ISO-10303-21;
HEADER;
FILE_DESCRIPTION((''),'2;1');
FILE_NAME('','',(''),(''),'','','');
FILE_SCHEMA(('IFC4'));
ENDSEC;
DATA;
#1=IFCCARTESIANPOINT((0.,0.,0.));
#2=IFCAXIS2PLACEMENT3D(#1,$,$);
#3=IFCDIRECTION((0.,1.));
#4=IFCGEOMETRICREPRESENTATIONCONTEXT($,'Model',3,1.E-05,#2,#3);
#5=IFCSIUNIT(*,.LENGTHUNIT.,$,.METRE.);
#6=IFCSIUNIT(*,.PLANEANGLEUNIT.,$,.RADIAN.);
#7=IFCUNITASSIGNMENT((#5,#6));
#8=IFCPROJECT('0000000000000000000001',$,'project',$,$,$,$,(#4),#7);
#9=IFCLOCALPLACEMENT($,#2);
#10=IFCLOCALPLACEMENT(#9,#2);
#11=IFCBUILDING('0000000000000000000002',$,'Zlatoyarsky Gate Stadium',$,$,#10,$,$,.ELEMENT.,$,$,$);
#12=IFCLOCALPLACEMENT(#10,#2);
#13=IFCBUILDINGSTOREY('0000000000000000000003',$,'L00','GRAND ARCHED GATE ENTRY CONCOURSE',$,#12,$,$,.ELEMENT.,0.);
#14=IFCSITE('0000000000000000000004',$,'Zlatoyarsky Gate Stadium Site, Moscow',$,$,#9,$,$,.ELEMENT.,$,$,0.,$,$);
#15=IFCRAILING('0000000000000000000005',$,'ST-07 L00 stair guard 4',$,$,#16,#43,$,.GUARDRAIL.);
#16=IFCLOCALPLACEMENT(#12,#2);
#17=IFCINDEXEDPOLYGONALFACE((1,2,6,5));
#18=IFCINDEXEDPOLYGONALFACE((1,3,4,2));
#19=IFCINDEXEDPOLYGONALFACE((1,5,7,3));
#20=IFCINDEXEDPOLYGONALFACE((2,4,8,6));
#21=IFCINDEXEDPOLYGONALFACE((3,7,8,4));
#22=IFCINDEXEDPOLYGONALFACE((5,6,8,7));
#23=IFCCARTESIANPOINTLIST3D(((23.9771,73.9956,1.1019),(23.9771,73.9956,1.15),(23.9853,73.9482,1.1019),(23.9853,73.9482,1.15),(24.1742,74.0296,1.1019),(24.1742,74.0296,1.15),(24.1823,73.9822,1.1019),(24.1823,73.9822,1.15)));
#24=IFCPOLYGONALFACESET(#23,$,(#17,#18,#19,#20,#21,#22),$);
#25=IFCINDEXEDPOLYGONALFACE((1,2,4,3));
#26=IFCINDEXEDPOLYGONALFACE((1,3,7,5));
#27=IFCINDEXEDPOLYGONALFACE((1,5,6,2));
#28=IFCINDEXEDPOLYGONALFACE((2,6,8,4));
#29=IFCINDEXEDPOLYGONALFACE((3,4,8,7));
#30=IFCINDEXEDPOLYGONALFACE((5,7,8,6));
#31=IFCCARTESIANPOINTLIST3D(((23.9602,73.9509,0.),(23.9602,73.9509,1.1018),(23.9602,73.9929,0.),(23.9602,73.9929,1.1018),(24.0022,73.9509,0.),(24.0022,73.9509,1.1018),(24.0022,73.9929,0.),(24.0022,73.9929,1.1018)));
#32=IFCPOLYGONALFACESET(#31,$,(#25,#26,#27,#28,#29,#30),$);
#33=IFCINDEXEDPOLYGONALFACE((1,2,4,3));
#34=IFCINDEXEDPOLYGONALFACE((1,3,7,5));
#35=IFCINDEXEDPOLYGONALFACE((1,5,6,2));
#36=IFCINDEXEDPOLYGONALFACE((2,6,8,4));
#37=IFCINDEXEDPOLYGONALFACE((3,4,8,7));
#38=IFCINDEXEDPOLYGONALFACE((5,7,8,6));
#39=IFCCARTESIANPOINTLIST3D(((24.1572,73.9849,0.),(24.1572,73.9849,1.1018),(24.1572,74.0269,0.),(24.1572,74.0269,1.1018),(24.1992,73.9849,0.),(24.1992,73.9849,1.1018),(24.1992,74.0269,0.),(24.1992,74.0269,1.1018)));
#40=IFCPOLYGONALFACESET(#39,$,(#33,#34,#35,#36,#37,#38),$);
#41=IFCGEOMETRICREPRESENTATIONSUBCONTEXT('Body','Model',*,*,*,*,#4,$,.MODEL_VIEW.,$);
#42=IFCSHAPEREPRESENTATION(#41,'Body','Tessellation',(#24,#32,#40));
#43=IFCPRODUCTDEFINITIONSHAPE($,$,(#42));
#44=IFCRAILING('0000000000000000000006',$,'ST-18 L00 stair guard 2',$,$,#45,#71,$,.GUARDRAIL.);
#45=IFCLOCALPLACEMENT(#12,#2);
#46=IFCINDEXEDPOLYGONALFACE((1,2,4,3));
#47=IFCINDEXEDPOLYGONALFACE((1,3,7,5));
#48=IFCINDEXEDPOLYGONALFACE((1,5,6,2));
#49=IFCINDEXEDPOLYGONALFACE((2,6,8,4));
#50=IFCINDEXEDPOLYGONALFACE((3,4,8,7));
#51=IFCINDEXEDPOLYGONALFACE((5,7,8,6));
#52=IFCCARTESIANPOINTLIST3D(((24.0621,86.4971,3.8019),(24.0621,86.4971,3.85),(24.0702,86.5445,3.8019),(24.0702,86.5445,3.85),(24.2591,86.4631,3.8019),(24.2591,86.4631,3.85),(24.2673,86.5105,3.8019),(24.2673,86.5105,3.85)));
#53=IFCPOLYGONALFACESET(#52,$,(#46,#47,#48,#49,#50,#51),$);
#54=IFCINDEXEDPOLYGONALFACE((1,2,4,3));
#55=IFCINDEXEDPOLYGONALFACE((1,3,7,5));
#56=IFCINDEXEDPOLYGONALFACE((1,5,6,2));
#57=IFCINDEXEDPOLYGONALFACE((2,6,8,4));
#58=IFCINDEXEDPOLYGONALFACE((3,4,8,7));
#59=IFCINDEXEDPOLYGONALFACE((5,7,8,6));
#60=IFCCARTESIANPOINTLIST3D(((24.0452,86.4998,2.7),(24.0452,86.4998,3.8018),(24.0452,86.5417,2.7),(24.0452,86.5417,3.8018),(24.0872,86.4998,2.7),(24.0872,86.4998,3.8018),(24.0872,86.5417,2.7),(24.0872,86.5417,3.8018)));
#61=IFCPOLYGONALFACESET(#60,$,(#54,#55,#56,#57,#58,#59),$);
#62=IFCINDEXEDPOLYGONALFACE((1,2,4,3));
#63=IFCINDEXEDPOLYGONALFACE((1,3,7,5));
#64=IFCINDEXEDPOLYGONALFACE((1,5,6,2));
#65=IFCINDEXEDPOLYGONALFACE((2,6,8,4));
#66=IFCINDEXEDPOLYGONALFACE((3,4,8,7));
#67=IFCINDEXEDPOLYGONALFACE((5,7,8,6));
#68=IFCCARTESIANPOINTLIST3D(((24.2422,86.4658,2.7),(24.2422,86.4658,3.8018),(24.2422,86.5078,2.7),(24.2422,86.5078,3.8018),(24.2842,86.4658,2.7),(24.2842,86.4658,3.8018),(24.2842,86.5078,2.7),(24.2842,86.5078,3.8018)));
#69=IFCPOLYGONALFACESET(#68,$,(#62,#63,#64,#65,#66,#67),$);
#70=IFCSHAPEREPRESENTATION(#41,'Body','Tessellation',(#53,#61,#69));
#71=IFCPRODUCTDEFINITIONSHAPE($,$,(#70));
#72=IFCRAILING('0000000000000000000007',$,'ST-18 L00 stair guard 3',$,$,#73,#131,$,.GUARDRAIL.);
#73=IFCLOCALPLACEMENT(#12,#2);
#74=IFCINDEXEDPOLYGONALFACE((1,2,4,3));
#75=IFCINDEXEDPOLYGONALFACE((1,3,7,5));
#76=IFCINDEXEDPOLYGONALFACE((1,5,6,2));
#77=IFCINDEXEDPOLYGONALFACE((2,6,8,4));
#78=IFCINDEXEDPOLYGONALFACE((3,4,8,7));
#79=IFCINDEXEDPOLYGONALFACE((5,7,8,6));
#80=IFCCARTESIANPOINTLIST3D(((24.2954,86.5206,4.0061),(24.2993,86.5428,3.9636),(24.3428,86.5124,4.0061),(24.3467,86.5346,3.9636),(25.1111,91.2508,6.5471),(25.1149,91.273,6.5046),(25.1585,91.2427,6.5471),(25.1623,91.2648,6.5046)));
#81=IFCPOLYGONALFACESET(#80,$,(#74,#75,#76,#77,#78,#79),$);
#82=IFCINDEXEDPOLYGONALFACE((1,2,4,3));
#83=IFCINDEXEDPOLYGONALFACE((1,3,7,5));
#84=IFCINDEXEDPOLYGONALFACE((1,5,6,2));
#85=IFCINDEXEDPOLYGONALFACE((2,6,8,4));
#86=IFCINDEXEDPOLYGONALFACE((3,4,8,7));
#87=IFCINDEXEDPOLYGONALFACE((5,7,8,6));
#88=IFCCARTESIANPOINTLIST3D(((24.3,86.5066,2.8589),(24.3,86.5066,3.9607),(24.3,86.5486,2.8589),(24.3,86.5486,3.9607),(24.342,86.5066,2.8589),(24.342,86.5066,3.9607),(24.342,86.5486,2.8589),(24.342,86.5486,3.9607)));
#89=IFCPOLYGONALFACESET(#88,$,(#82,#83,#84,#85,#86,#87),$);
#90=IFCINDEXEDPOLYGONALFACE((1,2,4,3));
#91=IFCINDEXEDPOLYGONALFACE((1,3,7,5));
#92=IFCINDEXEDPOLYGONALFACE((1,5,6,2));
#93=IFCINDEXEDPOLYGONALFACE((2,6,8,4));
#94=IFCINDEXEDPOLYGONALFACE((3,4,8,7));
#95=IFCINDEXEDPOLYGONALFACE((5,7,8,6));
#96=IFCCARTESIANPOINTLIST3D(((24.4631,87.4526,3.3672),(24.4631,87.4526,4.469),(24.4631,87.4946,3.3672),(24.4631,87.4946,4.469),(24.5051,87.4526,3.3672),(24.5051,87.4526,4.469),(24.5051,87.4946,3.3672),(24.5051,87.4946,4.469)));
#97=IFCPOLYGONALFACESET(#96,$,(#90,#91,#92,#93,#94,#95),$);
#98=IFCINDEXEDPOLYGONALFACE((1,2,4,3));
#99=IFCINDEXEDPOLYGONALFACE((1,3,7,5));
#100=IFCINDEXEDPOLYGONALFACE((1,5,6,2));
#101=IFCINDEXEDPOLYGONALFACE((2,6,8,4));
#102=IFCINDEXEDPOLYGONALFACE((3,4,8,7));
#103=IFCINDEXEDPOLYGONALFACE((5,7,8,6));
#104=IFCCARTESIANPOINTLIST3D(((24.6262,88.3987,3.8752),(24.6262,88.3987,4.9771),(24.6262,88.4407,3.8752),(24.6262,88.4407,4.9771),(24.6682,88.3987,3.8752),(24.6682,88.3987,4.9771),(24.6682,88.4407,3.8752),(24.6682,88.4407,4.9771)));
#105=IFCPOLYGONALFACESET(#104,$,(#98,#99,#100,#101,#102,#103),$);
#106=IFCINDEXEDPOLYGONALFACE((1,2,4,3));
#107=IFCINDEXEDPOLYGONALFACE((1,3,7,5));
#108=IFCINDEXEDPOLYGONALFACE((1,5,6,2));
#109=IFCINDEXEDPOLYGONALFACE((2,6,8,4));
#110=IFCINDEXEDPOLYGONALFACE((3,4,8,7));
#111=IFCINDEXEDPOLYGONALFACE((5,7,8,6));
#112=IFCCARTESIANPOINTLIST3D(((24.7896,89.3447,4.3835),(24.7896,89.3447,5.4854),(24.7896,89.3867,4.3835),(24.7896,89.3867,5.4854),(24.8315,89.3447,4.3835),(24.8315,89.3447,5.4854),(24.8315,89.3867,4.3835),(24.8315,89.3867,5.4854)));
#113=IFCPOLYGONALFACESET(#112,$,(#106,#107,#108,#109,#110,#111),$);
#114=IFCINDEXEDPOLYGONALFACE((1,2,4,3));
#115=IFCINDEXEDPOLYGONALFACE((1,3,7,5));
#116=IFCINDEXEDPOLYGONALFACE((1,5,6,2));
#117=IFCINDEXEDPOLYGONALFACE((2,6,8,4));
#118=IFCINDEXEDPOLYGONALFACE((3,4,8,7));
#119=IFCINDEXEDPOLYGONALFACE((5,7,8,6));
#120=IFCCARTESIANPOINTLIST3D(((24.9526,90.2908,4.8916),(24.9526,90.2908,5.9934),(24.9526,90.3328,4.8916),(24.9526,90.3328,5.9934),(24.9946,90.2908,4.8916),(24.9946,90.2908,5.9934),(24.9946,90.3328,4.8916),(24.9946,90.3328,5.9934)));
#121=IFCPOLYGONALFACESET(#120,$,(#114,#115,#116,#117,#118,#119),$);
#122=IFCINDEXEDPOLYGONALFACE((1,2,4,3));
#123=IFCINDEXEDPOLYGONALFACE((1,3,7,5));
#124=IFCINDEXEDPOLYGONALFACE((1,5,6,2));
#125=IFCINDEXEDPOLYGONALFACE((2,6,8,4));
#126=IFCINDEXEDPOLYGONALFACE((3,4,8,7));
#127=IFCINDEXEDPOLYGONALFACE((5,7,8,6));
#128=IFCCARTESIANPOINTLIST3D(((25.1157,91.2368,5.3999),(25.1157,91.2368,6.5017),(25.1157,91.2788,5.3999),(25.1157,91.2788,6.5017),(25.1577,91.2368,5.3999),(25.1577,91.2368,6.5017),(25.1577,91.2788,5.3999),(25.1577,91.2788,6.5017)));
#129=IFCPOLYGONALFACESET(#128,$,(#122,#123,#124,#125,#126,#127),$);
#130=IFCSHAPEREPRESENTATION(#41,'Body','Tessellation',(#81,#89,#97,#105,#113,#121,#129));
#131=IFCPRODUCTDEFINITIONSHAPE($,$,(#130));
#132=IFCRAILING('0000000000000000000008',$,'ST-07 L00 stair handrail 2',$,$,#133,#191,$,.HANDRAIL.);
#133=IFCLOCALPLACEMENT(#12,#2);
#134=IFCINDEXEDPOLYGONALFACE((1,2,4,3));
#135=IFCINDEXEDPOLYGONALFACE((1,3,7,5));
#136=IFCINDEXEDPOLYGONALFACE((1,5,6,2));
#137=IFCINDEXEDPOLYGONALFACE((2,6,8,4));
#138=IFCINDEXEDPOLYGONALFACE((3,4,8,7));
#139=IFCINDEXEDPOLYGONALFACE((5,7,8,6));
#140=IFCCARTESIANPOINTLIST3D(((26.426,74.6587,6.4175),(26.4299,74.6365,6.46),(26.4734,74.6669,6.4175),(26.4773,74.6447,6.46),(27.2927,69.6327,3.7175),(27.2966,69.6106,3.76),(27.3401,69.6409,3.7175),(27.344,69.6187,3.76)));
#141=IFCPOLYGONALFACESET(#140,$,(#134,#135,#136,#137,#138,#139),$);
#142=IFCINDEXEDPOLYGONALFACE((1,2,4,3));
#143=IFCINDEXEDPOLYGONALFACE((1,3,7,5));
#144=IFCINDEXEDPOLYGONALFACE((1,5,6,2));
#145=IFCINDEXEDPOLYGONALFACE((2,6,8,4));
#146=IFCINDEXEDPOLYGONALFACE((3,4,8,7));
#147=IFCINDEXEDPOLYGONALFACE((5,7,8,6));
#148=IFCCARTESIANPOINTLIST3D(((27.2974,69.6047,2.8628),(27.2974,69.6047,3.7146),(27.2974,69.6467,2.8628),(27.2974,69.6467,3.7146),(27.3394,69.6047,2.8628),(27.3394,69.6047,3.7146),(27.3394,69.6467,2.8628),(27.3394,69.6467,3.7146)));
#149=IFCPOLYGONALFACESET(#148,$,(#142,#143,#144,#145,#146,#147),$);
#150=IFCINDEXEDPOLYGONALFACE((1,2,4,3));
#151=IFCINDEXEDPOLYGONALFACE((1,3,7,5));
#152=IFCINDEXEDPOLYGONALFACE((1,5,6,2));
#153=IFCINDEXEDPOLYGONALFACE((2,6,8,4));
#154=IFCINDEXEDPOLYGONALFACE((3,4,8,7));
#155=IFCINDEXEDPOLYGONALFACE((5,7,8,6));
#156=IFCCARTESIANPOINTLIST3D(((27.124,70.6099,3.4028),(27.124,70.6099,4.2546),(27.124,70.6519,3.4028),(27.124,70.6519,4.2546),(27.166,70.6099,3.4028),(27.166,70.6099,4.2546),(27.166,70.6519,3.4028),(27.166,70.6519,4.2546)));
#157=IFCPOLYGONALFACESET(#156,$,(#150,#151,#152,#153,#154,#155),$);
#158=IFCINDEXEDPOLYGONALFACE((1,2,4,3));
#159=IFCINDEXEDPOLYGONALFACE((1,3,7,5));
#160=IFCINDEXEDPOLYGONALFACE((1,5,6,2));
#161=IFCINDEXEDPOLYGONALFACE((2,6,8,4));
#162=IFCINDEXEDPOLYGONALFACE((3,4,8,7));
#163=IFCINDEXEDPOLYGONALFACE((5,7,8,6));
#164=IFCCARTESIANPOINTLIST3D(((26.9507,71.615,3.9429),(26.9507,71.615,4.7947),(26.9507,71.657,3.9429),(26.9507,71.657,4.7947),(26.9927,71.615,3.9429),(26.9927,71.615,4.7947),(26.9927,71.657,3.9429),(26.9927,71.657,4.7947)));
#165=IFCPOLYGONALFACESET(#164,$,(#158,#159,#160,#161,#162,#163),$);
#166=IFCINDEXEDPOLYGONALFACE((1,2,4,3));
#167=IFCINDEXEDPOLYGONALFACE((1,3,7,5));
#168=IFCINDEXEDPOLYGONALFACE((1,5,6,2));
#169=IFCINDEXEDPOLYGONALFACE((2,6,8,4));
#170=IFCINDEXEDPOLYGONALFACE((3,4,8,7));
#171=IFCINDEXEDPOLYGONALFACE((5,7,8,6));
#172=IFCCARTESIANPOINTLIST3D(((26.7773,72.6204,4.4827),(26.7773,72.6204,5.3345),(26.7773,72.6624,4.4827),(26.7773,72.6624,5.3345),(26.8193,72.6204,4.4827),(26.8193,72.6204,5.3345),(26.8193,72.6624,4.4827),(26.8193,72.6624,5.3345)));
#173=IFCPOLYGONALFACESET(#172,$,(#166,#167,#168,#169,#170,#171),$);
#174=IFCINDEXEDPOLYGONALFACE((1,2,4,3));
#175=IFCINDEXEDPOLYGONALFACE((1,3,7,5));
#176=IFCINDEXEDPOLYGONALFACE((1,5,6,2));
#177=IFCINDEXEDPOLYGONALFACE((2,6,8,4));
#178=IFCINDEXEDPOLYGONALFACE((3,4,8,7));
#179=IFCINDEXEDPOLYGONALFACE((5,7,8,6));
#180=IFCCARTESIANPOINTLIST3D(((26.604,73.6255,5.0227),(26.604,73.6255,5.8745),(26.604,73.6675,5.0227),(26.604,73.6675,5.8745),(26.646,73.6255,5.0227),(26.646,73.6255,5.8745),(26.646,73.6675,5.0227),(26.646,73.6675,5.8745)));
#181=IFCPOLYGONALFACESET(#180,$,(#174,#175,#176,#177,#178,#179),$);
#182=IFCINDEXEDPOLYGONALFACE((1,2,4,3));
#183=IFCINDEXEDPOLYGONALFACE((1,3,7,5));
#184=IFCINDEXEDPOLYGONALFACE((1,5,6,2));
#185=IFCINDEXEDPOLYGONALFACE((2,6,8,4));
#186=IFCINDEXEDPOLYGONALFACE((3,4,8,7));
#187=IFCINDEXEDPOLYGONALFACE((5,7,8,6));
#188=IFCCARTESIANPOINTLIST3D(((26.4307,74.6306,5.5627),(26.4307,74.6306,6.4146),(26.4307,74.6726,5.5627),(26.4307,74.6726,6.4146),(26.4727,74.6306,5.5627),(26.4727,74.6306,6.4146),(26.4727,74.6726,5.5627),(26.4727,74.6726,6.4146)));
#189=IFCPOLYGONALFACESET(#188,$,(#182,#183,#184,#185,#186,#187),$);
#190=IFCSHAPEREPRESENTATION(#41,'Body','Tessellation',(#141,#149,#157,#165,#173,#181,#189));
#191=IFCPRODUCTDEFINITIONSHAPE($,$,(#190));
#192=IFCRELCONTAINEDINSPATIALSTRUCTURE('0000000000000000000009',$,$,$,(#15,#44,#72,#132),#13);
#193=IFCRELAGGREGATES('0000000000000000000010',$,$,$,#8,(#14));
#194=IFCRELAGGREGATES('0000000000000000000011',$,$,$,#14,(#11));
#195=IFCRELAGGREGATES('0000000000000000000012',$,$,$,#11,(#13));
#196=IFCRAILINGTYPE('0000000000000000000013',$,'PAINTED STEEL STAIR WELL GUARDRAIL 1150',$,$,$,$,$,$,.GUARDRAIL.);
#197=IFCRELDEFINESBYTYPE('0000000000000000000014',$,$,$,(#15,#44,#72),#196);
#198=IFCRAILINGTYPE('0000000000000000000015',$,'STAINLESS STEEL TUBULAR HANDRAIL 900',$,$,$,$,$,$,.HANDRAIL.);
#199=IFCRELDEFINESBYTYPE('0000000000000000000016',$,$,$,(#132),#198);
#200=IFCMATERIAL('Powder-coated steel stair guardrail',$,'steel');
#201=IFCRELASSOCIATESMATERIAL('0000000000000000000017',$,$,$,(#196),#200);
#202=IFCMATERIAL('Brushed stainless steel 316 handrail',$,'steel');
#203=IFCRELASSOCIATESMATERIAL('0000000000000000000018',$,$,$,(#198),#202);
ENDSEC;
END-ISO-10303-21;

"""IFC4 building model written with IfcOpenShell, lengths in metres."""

from ifc_helpers import new_model, si_unit, direction, frame, origin, origin_2d, place, context, subcontext, project, spatial, rectangle, extrude, material, type_object, element, save


model = new_model("IFC4")

# Units and contexts
model_context = context("Model", 3, precision=1e-05, world=origin(), true_north=direction((0.0, 1.0)))
body_context = subcontext(model_context, "Body", "Model", "MODEL_VIEW")
ifc_project = project(units=[si_unit("LENGTHUNIT", "METRE"), si_unit("PLANEANGLEUNIT", "RADIAN")], contexts=[model_context])

# Site, building, storey
site_placement = place(None, origin())
site = spatial("IfcSite", under=ifc_project, at=site_placement, Name="Zlatoyarsky Gate Stadium Site, Moscow", CompositionType="ELEMENT", RefElevation=0.0)
building_placement = place(site_placement, origin())
building = spatial("IfcBuilding", under=site, at=building_placement, Name="Zlatoyarsky Gate Stadium", CompositionType="ELEMENT")
storey_placement = place(building_placement, origin())
storey = spatial("IfcBuildingStorey", under=building, at=storey_placement, Name="L00", Description="GRAND ARCHED GATE ENTRY CONCOURSE", CompositionType="ELEMENT", Elevation=0.0)

# Railings
ifc_material_1 = material(Name="Powder-coated steel stair guardrail", Category="steel")
railing_type_1 = type_object("IfcRailingType", Name="PAINTED STEEL STAIR WELL GUARDRAIL 1150", PredefinedType="GUARDRAIL", material=ifc_material_1)
railing_1_placement = place(storey_placement, frame((23.9812, 73.9719, 0.0)))
element("IfcRailing", 1, at=railing_1_placement, inside=storey, type_object=railing_type_1, Name="ST-07 L00 stair guard 4", PredefinedType="GUARDRAIL", context=body_context, shape_type="SweptSolid", body=[
    extrude(rectangle(XDim=0.0481, YDim=0.0481, at=origin_2d()), frame((0.0, 0.0, 1.126), z_axis=(0.985488, 0.169743, 0.0), x_axis=(-0.169743, 0.985488, 0.0)), (0.0, 0.0, 1.0), 0.2),
    extrude(rectangle(XDim=0.042, YDim=0.042, at=origin_2d()), origin(), (0.0, 0.0, 1.0), 1.1018),
    extrude(rectangle(XDim=0.042, YDim=0.042, at=origin_2d()), frame((0.197, 0.0339, 0.0)), (0.0, 0.0, 1.0), 1.1018),
])
railing_2_placement = place(storey_placement, frame((24.0662, 86.5208, 2.7)))
element("IfcRailing", 2, at=railing_2_placement, inside=storey, type_object=railing_type_1, Name="ST-18 L00 stair guard 2", PredefinedType="GUARDRAIL", context=body_context, shape_type="SweptSolid", body=[
    extrude(rectangle(XDim=0.0481, YDim=0.0481, at=origin_2d()), frame((0.0, 0.0, 1.126), z_axis=(0.985488, -0.169743, 0.0), x_axis=(0.169743, 0.985488, 0.0)), (0.0, 0.0, 1.0), 0.2),
    extrude(rectangle(XDim=0.042, YDim=0.042, at=origin_2d()), origin(), (0.0, 0.0, 1.0), 1.1018),
    extrude(rectangle(XDim=0.042, YDim=0.042, at=origin_2d()), frame((0.197, -0.0339, 0.0)), (0.0, 0.0, 1.0), 1.1018),
])
railing_3_placement = place(storey_placement, frame((24.321, 86.5276, 2.8589)))
element("IfcRailing", 3, at=railing_3_placement, inside=storey, type_object=railing_type_1, Name="ST-18 L00 stair guard 3", PredefinedType="GUARDRAIL", context=body_context, shape_type="SweptSolid", body=[
    extrude(rectangle(XDim=0.0481, YDim=0.0481, at=origin_2d()), frame((0.0, 0.0, 1.126), z_axis=(0.150185, 0.870948, 0.467862), x_axis=(-0.985456, 0.169931, 0.0)), (0.0, 0.0, 1.0), 5.4312),
    extrude(rectangle(XDim=0.042, YDim=0.042, at=origin_2d()), origin(), (0.0, 0.0, 1.0), 1.1018),
    extrude(rectangle(XDim=0.042, YDim=0.042, at=origin_2d()), frame((0.1631, 0.946, 0.5083)), (0.0, 0.0, 1.0), 1.1018),
    extrude(rectangle(XDim=0.042, YDim=0.042, at=origin_2d()), frame((0.3262, 1.8921, 1.0164)), (0.0, 0.0, 1.0), 1.1018),
    extrude(rectangle(XDim=0.042, YDim=0.042, at=origin_2d()), frame((0.4895, 2.8381, 1.5247)), (0.0, 0.0, 1.0), 1.1018),
    extrude(rectangle(XDim=0.042, YDim=0.042, at=origin_2d()), frame((0.6526, 3.7842, 2.0327)), (0.0, 0.0, 1.0), 1.1018),
    extrude(rectangle(XDim=0.042, YDim=0.042, at=origin_2d()), frame((0.8157, 4.7302, 2.541)), (0.0, 0.0, 1.0), 1.1018),
])
ifc_material_2 = material(Name="Brushed stainless steel 316 handrail", Category="steel")
railing_type_2 = type_object("IfcRailingType", Name="STAINLESS STEEL TUBULAR HANDRAIL 900", PredefinedType="HANDRAIL", material=ifc_material_2)
railing_4_placement = place(storey_placement, frame((27.3184, 69.6257, 2.8628)))
element("IfcRailing", 4, at=railing_4_placement, inside=storey, type_object=railing_type_2, Name="ST-07 L00 stair handrail 2", PredefinedType="HANDRAIL", context=body_context, shape_type="SweptSolid", body=[
    extrude(rectangle(XDim=0.0481, YDim=0.0481, at=origin_2d()), frame((0.0, 0.0, 0.876), z_axis=(-0.150191, 0.870939, 0.467877), x_axis=(-0.985455, -0.169939, 0.0)), (0.0, 0.0, 1.0), 5.7708),
    extrude(rectangle(XDim=0.042, YDim=0.042, at=origin_2d()), origin(), (0.0, 0.0, 1.0), 0.8518),
    extrude(rectangle(XDim=0.042, YDim=0.042, at=origin_2d()), frame((-0.1733, 1.0051, 0.54)), (0.0, 0.0, 1.0), 0.8518),
    extrude(rectangle(XDim=0.042, YDim=0.042, at=origin_2d()), frame((-0.3467, 2.0103, 1.0801)), (0.0, 0.0, 1.0), 0.8518),
    extrude(rectangle(XDim=0.042, YDim=0.042, at=origin_2d()), frame((-0.52, 3.0156, 1.6199)), (0.0, 0.0, 1.0), 0.8518),
    extrude(rectangle(XDim=0.042, YDim=0.042, at=origin_2d()), frame((-0.6934, 4.0208, 2.1599)), (0.0, 0.0, 1.0), 0.8518),
    extrude(rectangle(XDim=0.042, YDim=0.042, at=origin_2d()), frame((-0.8667, 5.0259, 2.7)), (0.0, 0.0, 1.0), 0.8518),
])

save(model, "model.ifc")
